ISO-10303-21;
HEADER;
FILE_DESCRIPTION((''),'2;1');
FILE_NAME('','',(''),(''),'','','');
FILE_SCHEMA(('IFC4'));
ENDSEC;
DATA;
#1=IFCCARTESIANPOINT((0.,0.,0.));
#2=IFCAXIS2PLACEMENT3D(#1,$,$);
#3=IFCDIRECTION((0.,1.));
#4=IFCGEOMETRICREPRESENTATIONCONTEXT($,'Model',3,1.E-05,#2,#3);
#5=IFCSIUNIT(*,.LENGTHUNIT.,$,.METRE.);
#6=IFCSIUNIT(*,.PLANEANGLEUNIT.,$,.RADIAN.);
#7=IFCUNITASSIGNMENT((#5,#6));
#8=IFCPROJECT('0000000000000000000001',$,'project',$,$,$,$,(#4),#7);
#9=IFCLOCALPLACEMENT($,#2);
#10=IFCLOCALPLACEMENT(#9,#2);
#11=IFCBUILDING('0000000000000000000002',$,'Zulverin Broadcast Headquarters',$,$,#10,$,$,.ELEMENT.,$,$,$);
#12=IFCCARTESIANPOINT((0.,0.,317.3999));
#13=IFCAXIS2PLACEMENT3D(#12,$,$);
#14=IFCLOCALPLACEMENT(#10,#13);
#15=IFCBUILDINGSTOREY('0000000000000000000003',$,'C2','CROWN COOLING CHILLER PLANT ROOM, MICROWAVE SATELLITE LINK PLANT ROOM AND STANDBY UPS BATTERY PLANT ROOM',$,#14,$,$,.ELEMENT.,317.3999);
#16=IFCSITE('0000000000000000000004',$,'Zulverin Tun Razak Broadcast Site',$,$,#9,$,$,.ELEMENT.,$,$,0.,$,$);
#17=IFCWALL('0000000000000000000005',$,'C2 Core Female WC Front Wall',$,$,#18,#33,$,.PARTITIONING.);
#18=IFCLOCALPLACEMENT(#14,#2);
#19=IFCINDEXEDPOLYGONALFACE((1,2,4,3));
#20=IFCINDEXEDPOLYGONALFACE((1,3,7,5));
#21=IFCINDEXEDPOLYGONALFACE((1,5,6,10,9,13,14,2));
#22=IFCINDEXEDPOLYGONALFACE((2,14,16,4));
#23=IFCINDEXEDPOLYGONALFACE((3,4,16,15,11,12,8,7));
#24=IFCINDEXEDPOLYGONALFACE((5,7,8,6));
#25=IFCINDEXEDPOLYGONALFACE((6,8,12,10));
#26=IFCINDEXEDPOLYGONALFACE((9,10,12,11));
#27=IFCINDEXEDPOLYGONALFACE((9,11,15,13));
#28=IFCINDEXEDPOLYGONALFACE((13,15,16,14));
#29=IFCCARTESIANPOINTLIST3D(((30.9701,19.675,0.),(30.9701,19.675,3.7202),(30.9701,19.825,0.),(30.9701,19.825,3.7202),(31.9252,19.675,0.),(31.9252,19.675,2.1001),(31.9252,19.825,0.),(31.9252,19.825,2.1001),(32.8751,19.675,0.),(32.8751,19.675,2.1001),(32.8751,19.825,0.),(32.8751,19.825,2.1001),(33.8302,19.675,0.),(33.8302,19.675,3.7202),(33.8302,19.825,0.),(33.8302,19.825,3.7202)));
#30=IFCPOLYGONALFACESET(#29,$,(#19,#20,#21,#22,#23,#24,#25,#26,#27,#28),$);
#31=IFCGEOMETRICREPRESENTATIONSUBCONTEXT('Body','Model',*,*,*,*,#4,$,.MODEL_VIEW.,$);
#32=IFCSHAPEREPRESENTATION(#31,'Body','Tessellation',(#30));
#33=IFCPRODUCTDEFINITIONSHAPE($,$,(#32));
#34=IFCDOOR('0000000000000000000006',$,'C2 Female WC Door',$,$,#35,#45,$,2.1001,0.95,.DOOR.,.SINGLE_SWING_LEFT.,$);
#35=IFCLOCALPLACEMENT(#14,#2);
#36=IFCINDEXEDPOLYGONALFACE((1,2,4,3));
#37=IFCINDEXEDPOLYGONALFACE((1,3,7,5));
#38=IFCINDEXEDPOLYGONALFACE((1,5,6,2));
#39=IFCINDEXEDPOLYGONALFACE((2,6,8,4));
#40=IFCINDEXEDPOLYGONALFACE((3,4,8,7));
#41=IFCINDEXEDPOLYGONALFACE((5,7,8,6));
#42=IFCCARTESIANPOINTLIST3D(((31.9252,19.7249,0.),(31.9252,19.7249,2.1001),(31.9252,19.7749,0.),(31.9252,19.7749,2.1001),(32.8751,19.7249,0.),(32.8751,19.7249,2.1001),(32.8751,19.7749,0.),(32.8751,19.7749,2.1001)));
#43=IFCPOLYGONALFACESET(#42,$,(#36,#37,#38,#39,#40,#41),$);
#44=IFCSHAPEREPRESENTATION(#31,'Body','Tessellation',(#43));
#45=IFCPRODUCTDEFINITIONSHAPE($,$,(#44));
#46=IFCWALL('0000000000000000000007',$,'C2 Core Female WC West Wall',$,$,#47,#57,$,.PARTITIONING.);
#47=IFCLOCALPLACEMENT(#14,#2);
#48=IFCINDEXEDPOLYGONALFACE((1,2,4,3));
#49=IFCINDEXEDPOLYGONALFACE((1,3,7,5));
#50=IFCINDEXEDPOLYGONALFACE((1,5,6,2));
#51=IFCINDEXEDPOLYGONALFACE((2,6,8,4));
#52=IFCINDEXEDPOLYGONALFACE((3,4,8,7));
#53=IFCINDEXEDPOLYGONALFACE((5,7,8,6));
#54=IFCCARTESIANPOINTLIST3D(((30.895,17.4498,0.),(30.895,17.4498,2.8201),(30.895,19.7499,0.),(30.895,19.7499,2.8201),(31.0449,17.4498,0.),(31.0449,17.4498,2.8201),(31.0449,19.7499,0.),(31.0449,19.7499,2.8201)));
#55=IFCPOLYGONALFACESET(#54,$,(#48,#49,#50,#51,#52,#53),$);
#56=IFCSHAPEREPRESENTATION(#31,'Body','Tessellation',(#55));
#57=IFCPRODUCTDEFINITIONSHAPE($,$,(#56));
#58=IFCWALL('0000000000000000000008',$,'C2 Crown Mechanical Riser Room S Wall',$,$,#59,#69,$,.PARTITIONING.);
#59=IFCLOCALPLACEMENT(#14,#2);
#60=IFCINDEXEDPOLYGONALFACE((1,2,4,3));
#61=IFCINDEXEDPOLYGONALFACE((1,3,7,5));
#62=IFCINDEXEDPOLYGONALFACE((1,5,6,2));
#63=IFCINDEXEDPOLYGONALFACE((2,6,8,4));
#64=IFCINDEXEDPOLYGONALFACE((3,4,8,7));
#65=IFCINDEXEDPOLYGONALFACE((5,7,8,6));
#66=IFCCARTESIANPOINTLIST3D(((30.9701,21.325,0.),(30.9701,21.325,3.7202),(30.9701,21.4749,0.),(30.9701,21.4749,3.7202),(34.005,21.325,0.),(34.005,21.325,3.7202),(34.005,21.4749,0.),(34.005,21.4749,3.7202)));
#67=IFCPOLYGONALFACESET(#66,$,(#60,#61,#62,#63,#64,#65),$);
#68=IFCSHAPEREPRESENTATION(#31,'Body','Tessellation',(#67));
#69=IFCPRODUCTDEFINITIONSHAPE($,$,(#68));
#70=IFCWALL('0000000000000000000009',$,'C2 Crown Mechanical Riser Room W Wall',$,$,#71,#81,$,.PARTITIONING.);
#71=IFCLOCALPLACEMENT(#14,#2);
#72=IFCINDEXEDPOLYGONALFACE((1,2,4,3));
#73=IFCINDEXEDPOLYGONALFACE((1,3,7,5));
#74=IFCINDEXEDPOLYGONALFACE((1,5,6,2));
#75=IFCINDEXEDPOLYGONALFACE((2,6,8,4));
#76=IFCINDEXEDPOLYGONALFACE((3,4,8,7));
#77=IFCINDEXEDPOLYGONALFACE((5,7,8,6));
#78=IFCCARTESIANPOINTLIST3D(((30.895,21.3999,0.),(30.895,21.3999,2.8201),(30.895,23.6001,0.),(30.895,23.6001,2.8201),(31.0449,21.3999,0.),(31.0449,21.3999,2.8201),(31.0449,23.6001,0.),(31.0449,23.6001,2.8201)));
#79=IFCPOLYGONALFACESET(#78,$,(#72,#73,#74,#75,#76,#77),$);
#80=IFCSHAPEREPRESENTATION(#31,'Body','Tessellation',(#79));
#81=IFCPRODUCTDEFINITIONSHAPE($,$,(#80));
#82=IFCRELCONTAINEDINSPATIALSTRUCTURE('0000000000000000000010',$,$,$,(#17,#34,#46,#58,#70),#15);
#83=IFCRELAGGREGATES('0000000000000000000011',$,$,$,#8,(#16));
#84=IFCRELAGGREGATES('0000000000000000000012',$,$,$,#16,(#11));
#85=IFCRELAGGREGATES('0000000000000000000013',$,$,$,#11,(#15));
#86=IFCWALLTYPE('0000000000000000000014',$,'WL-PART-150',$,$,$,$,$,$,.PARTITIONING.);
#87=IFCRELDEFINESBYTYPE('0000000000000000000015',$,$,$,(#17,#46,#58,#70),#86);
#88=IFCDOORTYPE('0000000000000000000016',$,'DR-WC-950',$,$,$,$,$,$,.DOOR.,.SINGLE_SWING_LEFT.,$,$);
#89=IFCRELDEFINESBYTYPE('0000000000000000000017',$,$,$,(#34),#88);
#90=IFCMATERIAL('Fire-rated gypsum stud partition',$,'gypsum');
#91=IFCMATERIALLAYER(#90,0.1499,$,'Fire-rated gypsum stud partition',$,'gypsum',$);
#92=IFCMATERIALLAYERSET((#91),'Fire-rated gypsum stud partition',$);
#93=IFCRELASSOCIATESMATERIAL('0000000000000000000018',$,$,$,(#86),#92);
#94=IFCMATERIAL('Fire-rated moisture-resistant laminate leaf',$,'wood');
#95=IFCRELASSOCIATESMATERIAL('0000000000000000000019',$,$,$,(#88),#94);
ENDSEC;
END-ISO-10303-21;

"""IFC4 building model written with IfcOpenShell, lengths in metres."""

from ifc_helpers import new_model, si_unit, direction, frame, frame_2d, origin, place, context, subcontext, project, spatial, rectangle, extrude, material, layer, layer_set, type_object, element, fill, save


model = new_model("IFC4")

# Units and contexts
model_context = context("Model", 3, precision=1e-05, world=origin(), true_north=direction((0.0, 1.0)))
body_context = subcontext(model_context, "Body", "Model", "MODEL_VIEW")
ifc_project = project(units=[si_unit("LENGTHUNIT", "METRE"), si_unit("PLANEANGLEUNIT", "RADIAN")], contexts=[model_context])

# Site, building, storey
site_placement = place(None, origin())
site = spatial("IfcSite", under=ifc_project, at=site_placement, Name="Zulverin Tun Razak Broadcast Site", CompositionType="ELEMENT", RefElevation=0.0)
building_placement = place(site_placement, origin())
building = spatial("IfcBuilding", under=site, at=building_placement, Name="Zulverin Broadcast Headquarters", CompositionType="ELEMENT")
storey_placement = place(building_placement, frame((0.0, 0.0, 317.3999)))
storey = spatial("IfcBuildingStorey", under=building, at=storey_placement, Name="C2", Description="CROWN COOLING CHILLER PLANT ROOM, MICROWAVE SATELLITE LINK PLANT ROOM AND STANDBY UPS BATTERY PLANT ROOM", CompositionType="ELEMENT", Elevation=317.3999)

# Wall, opening, door
ifc_material_1 = material(Name="Fire-rated gypsum stud partition", Category="gypsum")
ifc_layer_1 = layer(ifc_material_1, 0.1499, Name="Fire-rated gypsum stud partition", Category="gypsum")
ifc_layer_set_1 = layer_set([ifc_layer_1], Name="Fire-rated gypsum stud partition")
wall_type_1 = type_object("IfcWallType", Name="WL-PART-150", PredefinedType="PARTITIONING", material=ifc_layer_set_1)
wall_1_placement = place(storey_placement, frame((30.97, 19.75, 0.0), z_axis=(0.0, 0.0, 1.0), x_axis=(1.0, 0.0, 0.0)))
wall_1 = element("IfcWall", 1, at=wall_1_placement, inside=storey, type_object=wall_type_1, Name="C2 Core Female WC Front Wall", PredefinedType="PARTITIONING", context=body_context, shape_type="SweptSolid", body=[
    extrude(rectangle(XDim=2.8601, YDim=0.1499, at=frame_2d((1.4302, 0.0))), origin(), (0.0, 0.0, 1.0), 3.7202),
])
opening_1_placement = place(wall_1_placement, frame((0.9551, 0.0, 0.0)))
opening_1 = element("IfcOpeningElement", 2, at=opening_1_placement, cuts=wall_1, PredefinedType="OPENING", context=body_context, shape_type="SweptSolid", body=[
    extrude(rectangle(XDim=0.95, YDim=2.1001, at=frame_2d((0.4751, 1.05))), frame((0.0, 0.085, 0.0), z_axis=(0.0, -1.0, 0.0), x_axis=(1.0, 0.0, 0.0)), (0.0, 0.0, 1.0), 0.1699),
])
ifc_material_2 = material(Name="Fire-rated moisture-resistant laminate leaf", Category="wood")
door_type_1 = type_object("IfcDoorType", Name="DR-WC-950", OperationType="SINGLE_SWING_LEFT", PredefinedType="DOOR", material=ifc_material_2)
door_1_placement = place(opening_1_placement, origin())
door_1 = element("IfcDoor", 3, at=door_1_placement, inside=storey, type_object=door_type_1, Name="C2 Female WC Door", OperationType="SINGLE_SWING_LEFT", OverallHeight=2.1001, OverallWidth=0.95, PredefinedType="DOOR", context=body_context, shape_type="SweptSolid", body=[
    extrude(rectangle(XDim=0.95, YDim=2.1001, at=frame_2d((0.4751, 1.05))), frame((0.0, 0.0249, 0.0), z_axis=(0.0, -1.0, 0.0), x_axis=(1.0, 0.0, 0.0)), (0.0, 0.0, 1.0), 0.05),
])
fill(opening_1, door_1)

# Walls
wall_2_placement = place(storey_placement, frame((30.97, 17.45, 0.0), z_axis=(0.0, 0.0, 1.0), x_axis=(0.0, 1.0, 0.0)))
element("IfcWall", 4, at=wall_2_placement, inside=storey, type_object=wall_type_1, Name="C2 Core Female WC West Wall", PredefinedType="PARTITIONING", context=body_context, shape_type="SweptSolid", body=[
    extrude(rectangle(XDim=2.3, YDim=0.1499, at=frame_2d((1.1499, 0.0))), origin(), (0.0, 0.0, 1.0), 2.8201),
])
wall_3_placement = place(storey_placement, frame((30.97, 21.3999, 0.0), z_axis=(0.0, 0.0, 1.0), x_axis=(1.0, 0.0, 0.0)))
element("IfcWall", 5, at=wall_3_placement, inside=storey, type_object=wall_type_1, Name="C2 Crown Mechanical Riser Room S Wall", PredefinedType="PARTITIONING", context=body_context, shape_type="SweptSolid", body=[
    extrude(rectangle(XDim=3.0349, YDim=0.1499, at=frame_2d((1.5176, 0.0))), origin(), (0.0, 0.0, 1.0), 3.7202),
])
wall_4_placement = place(storey_placement, frame((30.97, 21.3999, 0.0), z_axis=(0.0, 0.0, 1.0), x_axis=(0.0, 1.0, 0.0)))
element("IfcWall", 6, at=wall_4_placement, inside=storey, type_object=wall_type_1, Name="C2 Crown Mechanical Riser Room W Wall", PredefinedType="PARTITIONING", context=body_context, shape_type="SweptSolid", body=[
    extrude(rectangle(XDim=2.2002, YDim=0.1499, at=frame_2d((1.1001, 0.0))), origin(), (0.0, 0.0, 1.0), 2.8201),
])

save(model, "model.ifc")
